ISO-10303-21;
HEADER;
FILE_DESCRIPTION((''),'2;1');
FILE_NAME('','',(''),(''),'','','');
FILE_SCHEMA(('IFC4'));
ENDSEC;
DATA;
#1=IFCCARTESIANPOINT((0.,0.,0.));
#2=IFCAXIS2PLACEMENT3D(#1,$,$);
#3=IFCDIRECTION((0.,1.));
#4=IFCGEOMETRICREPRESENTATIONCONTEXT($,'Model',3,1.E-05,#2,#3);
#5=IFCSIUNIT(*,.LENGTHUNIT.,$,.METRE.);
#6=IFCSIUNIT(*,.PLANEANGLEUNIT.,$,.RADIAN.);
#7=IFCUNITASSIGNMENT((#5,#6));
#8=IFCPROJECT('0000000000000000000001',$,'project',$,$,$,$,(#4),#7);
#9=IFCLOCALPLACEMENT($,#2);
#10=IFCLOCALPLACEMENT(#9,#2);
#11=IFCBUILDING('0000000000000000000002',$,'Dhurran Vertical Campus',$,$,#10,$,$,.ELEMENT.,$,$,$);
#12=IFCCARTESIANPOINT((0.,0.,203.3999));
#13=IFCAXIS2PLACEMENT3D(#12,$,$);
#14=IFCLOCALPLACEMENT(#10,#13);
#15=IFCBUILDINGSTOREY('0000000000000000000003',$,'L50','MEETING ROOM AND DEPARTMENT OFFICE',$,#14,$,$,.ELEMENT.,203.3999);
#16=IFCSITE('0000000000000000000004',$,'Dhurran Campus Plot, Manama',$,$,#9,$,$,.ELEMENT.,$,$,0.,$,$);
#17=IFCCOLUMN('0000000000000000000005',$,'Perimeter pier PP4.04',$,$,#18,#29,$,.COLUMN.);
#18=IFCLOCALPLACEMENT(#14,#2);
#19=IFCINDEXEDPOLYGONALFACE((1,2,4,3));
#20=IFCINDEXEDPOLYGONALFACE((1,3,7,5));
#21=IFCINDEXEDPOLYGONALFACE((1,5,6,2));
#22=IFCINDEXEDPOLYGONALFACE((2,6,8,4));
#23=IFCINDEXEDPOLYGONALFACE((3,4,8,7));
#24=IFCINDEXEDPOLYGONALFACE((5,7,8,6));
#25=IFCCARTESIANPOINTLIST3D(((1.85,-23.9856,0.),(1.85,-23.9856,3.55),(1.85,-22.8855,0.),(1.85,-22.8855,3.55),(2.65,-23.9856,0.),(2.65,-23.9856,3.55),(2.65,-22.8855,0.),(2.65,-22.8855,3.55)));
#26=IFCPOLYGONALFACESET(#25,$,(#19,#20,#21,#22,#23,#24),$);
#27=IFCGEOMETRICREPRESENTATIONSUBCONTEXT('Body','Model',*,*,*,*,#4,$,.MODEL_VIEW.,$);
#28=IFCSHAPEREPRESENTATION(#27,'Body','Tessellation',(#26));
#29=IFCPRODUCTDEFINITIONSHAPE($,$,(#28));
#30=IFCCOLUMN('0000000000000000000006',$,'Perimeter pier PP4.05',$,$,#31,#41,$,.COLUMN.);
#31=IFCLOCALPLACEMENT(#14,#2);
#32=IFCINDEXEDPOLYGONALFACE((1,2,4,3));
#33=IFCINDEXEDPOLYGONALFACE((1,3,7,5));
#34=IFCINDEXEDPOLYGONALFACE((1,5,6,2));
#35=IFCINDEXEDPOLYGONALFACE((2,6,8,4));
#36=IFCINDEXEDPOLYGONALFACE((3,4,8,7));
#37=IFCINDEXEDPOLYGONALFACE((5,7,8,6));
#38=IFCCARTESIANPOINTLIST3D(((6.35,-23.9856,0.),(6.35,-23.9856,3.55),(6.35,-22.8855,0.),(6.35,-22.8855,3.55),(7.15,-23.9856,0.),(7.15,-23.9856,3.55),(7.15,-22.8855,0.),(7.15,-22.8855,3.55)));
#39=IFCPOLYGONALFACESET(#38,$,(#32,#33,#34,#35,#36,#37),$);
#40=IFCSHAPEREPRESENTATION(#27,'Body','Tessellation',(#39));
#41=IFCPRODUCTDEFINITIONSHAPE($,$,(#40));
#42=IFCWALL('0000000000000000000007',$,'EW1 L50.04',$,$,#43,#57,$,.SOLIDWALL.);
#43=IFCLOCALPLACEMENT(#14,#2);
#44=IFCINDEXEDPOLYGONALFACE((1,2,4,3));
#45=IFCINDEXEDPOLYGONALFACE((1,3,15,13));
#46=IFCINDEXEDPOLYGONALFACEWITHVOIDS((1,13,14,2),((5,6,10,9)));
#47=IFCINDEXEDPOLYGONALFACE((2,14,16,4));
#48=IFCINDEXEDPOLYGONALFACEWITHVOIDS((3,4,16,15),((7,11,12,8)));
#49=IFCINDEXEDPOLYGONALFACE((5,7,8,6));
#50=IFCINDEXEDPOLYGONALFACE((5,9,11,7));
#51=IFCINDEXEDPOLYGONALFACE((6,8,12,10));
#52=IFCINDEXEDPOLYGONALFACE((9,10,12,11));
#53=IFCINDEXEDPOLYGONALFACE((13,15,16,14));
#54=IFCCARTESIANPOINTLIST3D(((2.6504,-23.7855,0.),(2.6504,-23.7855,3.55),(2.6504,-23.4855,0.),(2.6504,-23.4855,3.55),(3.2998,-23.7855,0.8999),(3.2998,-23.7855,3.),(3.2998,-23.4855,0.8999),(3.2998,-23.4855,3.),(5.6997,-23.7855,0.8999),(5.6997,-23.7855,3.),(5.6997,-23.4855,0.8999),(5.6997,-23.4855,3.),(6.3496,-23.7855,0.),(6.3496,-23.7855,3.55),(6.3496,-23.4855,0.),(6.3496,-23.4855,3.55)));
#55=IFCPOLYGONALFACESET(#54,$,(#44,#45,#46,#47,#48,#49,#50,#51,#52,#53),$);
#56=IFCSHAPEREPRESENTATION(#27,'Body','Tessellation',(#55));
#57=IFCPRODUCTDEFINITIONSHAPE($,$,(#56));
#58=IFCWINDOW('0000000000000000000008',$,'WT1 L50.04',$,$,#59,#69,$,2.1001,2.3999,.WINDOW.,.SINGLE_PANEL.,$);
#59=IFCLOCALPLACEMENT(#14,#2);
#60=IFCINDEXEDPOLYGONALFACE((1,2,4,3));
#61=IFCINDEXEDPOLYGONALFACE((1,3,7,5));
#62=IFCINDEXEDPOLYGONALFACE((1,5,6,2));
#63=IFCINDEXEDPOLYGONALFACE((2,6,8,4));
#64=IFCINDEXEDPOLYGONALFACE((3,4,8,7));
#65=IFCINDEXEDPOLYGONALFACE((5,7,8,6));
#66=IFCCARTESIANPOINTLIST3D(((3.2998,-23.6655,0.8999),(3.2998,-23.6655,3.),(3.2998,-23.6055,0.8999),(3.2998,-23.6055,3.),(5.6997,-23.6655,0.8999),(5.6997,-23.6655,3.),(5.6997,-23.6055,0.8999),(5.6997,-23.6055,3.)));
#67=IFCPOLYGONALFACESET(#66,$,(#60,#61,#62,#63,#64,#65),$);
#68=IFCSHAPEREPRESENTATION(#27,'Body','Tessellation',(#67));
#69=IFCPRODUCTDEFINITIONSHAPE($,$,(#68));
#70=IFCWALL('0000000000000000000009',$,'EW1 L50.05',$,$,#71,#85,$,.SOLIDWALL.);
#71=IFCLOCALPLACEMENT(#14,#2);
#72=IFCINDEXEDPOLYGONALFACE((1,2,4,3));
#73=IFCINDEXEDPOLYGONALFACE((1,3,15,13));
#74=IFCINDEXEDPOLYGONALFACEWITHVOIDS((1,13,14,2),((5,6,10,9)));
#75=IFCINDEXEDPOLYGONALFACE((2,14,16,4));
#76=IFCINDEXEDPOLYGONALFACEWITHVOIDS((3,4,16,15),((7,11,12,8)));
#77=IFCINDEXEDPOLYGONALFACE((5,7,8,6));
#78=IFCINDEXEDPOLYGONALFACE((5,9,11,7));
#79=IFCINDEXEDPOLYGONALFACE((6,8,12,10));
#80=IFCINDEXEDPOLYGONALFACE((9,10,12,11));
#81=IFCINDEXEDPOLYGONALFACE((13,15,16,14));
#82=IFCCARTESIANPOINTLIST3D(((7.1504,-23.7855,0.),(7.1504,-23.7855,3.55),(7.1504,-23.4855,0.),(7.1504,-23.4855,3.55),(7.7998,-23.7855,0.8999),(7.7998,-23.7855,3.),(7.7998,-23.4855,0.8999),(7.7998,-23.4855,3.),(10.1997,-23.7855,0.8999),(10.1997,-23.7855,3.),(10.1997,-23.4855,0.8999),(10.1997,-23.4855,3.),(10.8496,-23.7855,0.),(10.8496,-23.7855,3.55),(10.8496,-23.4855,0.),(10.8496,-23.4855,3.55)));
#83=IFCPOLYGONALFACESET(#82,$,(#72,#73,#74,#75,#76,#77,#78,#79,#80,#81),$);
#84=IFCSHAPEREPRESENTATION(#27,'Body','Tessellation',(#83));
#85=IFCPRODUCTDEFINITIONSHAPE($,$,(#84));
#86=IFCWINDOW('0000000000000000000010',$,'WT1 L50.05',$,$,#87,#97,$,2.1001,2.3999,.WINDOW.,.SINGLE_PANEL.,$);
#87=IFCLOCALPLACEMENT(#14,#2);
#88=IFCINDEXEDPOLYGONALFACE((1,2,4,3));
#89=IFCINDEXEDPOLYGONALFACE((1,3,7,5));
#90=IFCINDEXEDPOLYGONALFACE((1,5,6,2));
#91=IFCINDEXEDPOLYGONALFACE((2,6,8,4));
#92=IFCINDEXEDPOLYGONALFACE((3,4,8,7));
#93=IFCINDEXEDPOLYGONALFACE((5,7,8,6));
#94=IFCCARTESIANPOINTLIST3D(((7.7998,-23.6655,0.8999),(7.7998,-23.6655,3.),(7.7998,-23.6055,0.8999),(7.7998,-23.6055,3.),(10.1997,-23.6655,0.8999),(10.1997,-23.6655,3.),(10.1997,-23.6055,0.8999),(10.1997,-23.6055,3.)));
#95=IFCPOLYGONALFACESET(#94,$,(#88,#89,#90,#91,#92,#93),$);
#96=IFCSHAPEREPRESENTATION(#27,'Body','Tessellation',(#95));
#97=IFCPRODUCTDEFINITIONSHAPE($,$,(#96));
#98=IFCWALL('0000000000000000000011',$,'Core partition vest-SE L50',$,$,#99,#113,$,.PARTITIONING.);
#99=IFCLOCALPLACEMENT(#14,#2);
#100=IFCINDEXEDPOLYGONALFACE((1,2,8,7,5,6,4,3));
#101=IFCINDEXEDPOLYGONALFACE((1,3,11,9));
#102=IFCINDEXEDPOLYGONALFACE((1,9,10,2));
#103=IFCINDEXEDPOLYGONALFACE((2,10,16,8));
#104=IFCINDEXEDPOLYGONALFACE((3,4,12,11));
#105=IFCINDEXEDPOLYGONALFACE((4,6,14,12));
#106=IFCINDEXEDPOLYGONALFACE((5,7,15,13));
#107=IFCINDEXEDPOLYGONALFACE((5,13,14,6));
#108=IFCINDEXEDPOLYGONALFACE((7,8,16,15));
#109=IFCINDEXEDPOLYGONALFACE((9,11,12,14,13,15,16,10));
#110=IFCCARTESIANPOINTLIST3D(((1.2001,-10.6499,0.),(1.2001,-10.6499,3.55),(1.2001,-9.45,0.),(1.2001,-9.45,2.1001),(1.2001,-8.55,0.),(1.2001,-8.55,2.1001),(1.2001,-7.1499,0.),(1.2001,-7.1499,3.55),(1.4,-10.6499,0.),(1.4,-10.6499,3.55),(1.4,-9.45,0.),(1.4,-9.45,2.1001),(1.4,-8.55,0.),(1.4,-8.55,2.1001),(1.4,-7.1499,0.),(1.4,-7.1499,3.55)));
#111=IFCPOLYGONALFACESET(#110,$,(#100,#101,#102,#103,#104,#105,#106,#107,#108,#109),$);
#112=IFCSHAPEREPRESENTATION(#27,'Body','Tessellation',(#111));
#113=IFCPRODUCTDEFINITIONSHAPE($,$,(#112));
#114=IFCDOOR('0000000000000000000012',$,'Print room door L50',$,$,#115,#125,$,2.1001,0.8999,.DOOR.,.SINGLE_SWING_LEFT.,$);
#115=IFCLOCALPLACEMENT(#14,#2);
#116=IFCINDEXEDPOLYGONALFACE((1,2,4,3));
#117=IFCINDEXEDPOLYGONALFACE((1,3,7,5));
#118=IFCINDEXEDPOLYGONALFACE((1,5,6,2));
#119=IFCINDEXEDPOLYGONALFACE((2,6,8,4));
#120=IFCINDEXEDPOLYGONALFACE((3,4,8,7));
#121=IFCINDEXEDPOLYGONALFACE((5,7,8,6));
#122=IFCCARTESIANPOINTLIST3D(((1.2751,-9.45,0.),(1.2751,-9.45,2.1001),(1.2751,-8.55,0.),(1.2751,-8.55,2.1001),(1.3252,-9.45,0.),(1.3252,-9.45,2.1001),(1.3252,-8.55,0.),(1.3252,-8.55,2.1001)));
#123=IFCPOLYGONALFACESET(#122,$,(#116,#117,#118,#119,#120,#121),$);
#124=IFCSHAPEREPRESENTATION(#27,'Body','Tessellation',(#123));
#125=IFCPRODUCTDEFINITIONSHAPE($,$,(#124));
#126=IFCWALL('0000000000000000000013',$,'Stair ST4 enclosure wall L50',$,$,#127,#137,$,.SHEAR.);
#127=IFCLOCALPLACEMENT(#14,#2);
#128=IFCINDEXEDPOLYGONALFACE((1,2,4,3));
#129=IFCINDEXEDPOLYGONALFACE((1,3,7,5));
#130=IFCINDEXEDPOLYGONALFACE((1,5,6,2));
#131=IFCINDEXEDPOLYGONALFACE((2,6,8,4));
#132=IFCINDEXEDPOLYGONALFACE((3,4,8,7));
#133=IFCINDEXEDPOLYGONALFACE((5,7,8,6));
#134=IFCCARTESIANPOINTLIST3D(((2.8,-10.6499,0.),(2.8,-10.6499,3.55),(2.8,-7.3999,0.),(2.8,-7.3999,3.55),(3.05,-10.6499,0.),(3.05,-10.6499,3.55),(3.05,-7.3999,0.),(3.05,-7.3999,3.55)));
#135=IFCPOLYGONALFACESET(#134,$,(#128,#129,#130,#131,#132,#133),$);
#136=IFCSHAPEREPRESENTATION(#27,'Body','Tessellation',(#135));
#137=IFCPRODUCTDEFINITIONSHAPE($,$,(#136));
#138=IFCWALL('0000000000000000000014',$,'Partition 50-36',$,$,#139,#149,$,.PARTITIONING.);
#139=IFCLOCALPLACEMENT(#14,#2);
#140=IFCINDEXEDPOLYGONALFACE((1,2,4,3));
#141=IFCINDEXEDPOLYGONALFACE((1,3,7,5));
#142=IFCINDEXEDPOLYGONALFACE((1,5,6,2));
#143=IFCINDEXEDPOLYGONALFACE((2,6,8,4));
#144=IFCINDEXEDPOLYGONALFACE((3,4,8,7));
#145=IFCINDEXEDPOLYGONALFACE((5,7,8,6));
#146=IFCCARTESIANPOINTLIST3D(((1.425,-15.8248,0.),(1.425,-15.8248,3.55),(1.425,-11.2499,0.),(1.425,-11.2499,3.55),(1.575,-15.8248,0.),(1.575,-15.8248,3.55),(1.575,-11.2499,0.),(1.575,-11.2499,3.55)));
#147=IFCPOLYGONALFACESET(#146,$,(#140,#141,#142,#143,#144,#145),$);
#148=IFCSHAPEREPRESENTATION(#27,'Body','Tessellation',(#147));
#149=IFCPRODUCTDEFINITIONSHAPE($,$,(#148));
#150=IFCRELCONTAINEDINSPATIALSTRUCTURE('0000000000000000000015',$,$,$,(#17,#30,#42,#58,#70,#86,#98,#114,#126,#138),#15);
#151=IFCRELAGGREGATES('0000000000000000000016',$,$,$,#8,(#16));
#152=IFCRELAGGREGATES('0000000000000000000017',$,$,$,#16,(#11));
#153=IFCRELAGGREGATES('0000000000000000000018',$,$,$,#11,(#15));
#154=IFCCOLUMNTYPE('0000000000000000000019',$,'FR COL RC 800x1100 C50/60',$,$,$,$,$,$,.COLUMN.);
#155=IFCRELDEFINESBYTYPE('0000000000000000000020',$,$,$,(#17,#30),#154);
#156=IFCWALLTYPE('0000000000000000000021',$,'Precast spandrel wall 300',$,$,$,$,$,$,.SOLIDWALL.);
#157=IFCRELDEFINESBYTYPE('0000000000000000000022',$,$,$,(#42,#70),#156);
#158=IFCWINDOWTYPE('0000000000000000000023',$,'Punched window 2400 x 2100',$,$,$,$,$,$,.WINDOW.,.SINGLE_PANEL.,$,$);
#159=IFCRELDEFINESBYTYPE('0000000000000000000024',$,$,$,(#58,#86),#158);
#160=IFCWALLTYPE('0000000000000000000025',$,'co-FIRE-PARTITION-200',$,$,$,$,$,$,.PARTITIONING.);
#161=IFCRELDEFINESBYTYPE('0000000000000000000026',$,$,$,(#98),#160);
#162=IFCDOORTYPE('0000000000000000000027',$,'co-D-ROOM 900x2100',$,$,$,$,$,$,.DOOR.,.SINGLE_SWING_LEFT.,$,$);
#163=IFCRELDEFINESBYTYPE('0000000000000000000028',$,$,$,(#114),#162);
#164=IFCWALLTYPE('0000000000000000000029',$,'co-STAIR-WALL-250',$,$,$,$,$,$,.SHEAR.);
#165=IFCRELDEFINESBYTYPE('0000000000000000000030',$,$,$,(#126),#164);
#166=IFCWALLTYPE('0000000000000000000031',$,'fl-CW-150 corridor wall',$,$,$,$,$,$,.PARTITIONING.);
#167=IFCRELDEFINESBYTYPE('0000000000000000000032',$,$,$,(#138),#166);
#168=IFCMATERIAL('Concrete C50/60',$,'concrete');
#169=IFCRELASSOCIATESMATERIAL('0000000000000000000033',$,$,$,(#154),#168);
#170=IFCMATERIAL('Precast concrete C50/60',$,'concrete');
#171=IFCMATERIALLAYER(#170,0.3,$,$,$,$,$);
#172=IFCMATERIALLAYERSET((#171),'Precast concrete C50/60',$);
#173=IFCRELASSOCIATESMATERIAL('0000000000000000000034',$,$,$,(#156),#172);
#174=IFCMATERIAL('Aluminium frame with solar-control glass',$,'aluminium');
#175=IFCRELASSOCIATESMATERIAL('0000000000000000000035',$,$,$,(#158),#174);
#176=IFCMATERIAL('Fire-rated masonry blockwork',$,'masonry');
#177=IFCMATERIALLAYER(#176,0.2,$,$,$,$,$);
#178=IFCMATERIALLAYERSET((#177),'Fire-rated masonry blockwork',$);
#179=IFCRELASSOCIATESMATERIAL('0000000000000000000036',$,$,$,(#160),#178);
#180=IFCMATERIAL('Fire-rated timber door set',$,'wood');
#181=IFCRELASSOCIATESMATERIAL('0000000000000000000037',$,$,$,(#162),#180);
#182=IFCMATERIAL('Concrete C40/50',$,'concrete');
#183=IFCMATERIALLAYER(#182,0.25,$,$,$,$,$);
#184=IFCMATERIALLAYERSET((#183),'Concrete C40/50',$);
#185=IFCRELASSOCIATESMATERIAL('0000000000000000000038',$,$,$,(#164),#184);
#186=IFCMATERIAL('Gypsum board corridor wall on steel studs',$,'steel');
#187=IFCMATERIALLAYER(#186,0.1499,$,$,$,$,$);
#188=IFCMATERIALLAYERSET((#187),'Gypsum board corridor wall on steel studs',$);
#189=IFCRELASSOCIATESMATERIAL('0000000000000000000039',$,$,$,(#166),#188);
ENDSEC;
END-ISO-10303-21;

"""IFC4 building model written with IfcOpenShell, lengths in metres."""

from ifc_helpers import new_model, si_unit, direction, frame, frame_2d, origin, origin_2d, place, context, subcontext, project, spatial, rectangle, extrude, material, layer, layer_set, material_profile, profile_set, type_object, element, fill, save


model = new_model("IFC4")

# Units and contexts
model_context = context("Model", 3, precision=1e-05, world=origin(), true_north=direction((0.0, 1.0)))
body_context = subcontext(model_context, "Body", "Model", "MODEL_VIEW")
ifc_project = project(units=[si_unit("LENGTHUNIT", "METRE"), si_unit("PLANEANGLEUNIT", "RADIAN")], contexts=[model_context])

# Site, building, storey
site_placement = place(None, origin())
site = spatial("IfcSite", under=ifc_project, at=site_placement, Name="Dhurran Campus Plot, Manama", CompositionType="ELEMENT", RefElevation=0.0)
building_placement = place(site_placement, origin())
building = spatial("IfcBuilding", under=site, at=building_placement, Name="Dhurran Vertical Campus", CompositionType="ELEMENT")
storey_placement = place(building_placement, frame((0.0, 0.0, 203.3999)))
storey = spatial("IfcBuildingStorey", under=building, at=storey_placement, Name="L50", Description="MEETING ROOM AND DEPARTMENT OFFICE", CompositionType="ELEMENT", Elevation=203.3999)

# Columns
ifc_material_1 = material(Name="Concrete C50/60", Category="concrete")
ifc_material_profile = material_profile(ifc_material_1, rectangle(XDim=0.8, YDim=1.1001, at=origin_2d()), Name="RC 800x1100")
ifc_profile_set = profile_set([ifc_material_profile], Name="Concrete C50/60")
column_type = type_object("IfcColumnType", Name="FR COL RC 800x1100 C50/60", PredefinedType="COLUMN", material=ifc_profile_set)
for number, where, z_axis, x_axis, name in (
    (1, (2.25, -23.4355, 0.0), (0.0, 0.0, 1.0), (1.0, 0.0, 0.0), "Perimeter pier PP4.04"),
    (2, (6.75, -23.4355, 0.0), (0.0, 0.0, 1.0), (1.0, 0.0, 0.0), "Perimeter pier PP4.05"),
):
    element("IfcColumn", number, at=place(storey_placement, frame(where, z_axis=z_axis, x_axis=x_axis)), inside=storey, type_object=column_type, Name=name, PredefinedType="COLUMN", context=body_context, shape_type="SweptSolid", body=[
        extrude(rectangle(XDim=0.8, YDim=1.1001, at=origin_2d()), origin(), (0.0, 0.0, 1.0), 3.55),
    ])

# Walls, openings, windows
ifc_material_2 = material(Name="Precast concrete C50/60", Category="concrete")
ifc_layer_1 = layer(ifc_material_2, 0.3)
ifc_layer_set_1 = layer_set([ifc_layer_1], Name="Precast concrete C50/60")
wall_type_1 = type_object("IfcWallType", Name="Precast spandrel wall 300", PredefinedType="SOLIDWALL", material=ifc_layer_set_1)
wall_1_placement = place(storey_placement, frame((2.6504, -23.6355, 0.0), z_axis=(0.0, 0.0, 1.0), x_axis=(1.0, 0.0, 0.0)))
wall_1 = element("IfcWall", 3, at=wall_1_placement, inside=storey, type_object=wall_type_1, Name="EW1 L50.04", PredefinedType="SOLIDWALL", context=body_context, shape_type="SweptSolid", body=[
    extrude(rectangle(XDim=3.6992, YDim=0.3, at=frame_2d((1.8496, 0.0))), origin(), (0.0, 0.0, 1.0), 3.55),
])
opening_1_placement = place(wall_1_placement, frame((0.6494, 0.0, 0.8999)))
opening_1 = element("IfcOpeningElement", 4, at=opening_1_placement, cuts=wall_1, PredefinedType="OPENING", context=body_context, shape_type="SweptSolid", body=[
    extrude(rectangle(XDim=2.3999, YDim=2.1001, at=frame_2d((1.2, 1.05))), frame((0.0, 0.1599, 0.0), z_axis=(0.0, -1.0, 0.0), x_axis=(1.0, 0.0, 0.0)), (0.0, 0.0, 1.0), 0.3201),
])
ifc_material_3 = material(Name="Aluminium frame with solar-control glass", Category="aluminium")
window_type = type_object("IfcWindowType", Name="Punched window 2400 x 2100", PartitioningType="SINGLE_PANEL", PredefinedType="WINDOW", material=ifc_material_3)
window_1_placement = place(opening_1_placement, origin())
window_1 = element("IfcWindow", 5, at=window_1_placement, inside=storey, type_object=window_type, Name="WT1 L50.04", OverallHeight=2.1001, OverallWidth=2.3999, PartitioningType="SINGLE_PANEL", PredefinedType="WINDOW", context=body_context, shape_type="SweptSolid", body=[
    extrude(rectangle(XDim=2.3999, YDim=2.1001, at=frame_2d((1.2, 1.05))), frame((0.0, 0.03, 0.0), z_axis=(0.0, -1.0, 0.0), x_axis=(1.0, 0.0, 0.0)), (0.0, 0.0, 1.0), 0.0601),
])
fill(opening_1, window_1)
wall_2_placement = place(storey_placement, frame((7.1504, -23.6355, 0.0), z_axis=(0.0, 0.0, 1.0), x_axis=(1.0, 0.0, 0.0)))
wall_2 = element("IfcWall", 6, at=wall_2_placement, inside=storey, type_object=wall_type_1, Name="EW1 L50.05", PredefinedType="SOLIDWALL", context=body_context, shape_type="SweptSolid", body=[
    extrude(rectangle(XDim=3.6992, YDim=0.3, at=frame_2d((1.8496, 0.0))), origin(), (0.0, 0.0, 1.0), 3.55),
])
opening_2_placement = place(wall_2_placement, frame((0.6494, 0.0, 0.8999)))
opening_2 = element("IfcOpeningElement", 7, at=opening_2_placement, cuts=wall_2, PredefinedType="OPENING", context=body_context, shape_type="SweptSolid", body=[
    extrude(rectangle(XDim=2.3999, YDim=2.1001, at=frame_2d((1.2, 1.05))), frame((0.0, 0.1599, 0.0), z_axis=(0.0, -1.0, 0.0), x_axis=(1.0, 0.0, 0.0)), (0.0, 0.0, 1.0), 0.3201),
])
window_2_placement = place(opening_2_placement, origin())
window_2 = element("IfcWindow", 8, at=window_2_placement, inside=storey, type_object=window_type, Name="WT1 L50.05", OverallHeight=2.1001, OverallWidth=2.3999, PartitioningType="SINGLE_PANEL", PredefinedType="WINDOW", context=body_context, shape_type="SweptSolid", body=[
    extrude(rectangle(XDim=2.3999, YDim=2.1001, at=frame_2d((1.2, 1.05))), frame((0.0, 0.03, 0.0), z_axis=(0.0, -1.0, 0.0), x_axis=(1.0, 0.0, 0.0)), (0.0, 0.0, 1.0), 0.0601),
])
fill(opening_2, window_2)

# Wall, opening, door
ifc_material_4 = material(Name="Fire-rated masonry blockwork", Category="masonry")
ifc_layer_2 = layer(ifc_material_4, 0.2)
ifc_layer_set_2 = layer_set([ifc_layer_2], Name="Fire-rated masonry blockwork")
wall_type_2 = type_object("IfcWallType", Name="co-FIRE-PARTITION-200", PredefinedType="PARTITIONING", material=ifc_layer_set_2)
wall_3_placement = place(storey_placement, frame((1.3, -10.6499, 0.0), z_axis=(0.0, 0.0, 1.0), x_axis=(0.0, 1.0, 0.0)))
wall_3 = element("IfcWall", 9, at=wall_3_placement, inside=storey, type_object=wall_type_2, Name="Core partition vest-SE L50", PredefinedType="PARTITIONING", context=body_context, shape_type="SweptSolid", body=[
    extrude(rectangle(XDim=3.5, YDim=0.2, at=frame_2d((1.75, 0.0))), origin(), (0.0, 0.0, 1.0), 3.55),
])
opening_3_placement = place(wall_3_placement, frame((1.2, 0.0, 0.0)))
opening_3 = element("IfcOpeningElement", 10, at=opening_3_placement, cuts=wall_3, PredefinedType="OPENING", context=body_context, shape_type="SweptSolid", body=[
    extrude(rectangle(XDim=0.8999, YDim=2.1001, at=frame_2d((0.45, 1.05))), frame((0.0, 0.1099, 0.0), z_axis=(0.0, -1.0, 0.0), x_axis=(1.0, 0.0, 0.0)), (0.0, 0.0, 1.0), 0.22),
])
ifc_material_5 = material(Name="Fire-rated timber door set", Category="wood")
door_type_1 = type_object("IfcDoorType", Name="co-D-ROOM 900x2100", OperationType="SINGLE_SWING_LEFT", PredefinedType="DOOR", material=ifc_material_5)
door_1_placement = place(opening_3_placement, origin())
door_1 = element("IfcDoor", 11, at=door_1_placement, inside=storey, type_object=door_type_1, Name="Print room door L50", OperationType="SINGLE_SWING_LEFT", OverallHeight=2.1001, OverallWidth=0.8999, PredefinedType="DOOR", context=body_context, shape_type="SweptSolid", body=[
    extrude(rectangle(XDim=0.8999, YDim=2.1001, at=frame_2d((0.45, 1.05))), frame((0.0, 0.0249, 0.0), z_axis=(0.0, -1.0, 0.0), x_axis=(1.0, 0.0, 0.0)), (0.0, 0.0, 1.0), 0.05),
])
fill(opening_3, door_1)

# Walls
ifc_material_6 = material(Name="Concrete C40/50", Category="concrete")
ifc_layer_3 = layer(ifc_material_6, 0.25)
ifc_layer_set_3 = layer_set([ifc_layer_3], Name="Concrete C40/50")
wall_type_3 = type_object("IfcWallType", Name="co-STAIR-WALL-250", PredefinedType="SHEAR", material=ifc_layer_set_3)
wall_4_placement = place(storey_placement, frame((2.925, -10.6499, 0.0), z_axis=(0.0, 0.0, 1.0), x_axis=(0.0, 1.0, 0.0)))
element("IfcWall", 12, at=wall_4_placement, inside=storey, type_object=wall_type_3, Name="Stair ST4 enclosure wall L50", PredefinedType="SHEAR", context=body_context, shape_type="SweptSolid", body=[
    extrude(rectangle(XDim=3.25, YDim=0.25, at=frame_2d((1.625, 0.0))), origin(), (0.0, 0.0, 1.0), 3.55),
])
ifc_material_7 = material(Name="Gypsum board corridor wall on steel studs", Category="steel")
ifc_layer_4 = layer(ifc_material_7, 0.1499)
ifc_layer_set_4 = layer_set([ifc_layer_4], Name="Gypsum board corridor wall on steel studs")
wall_type_4 = type_object("IfcWallType", Name="fl-CW-150 corridor wall", PredefinedType="PARTITIONING", material=ifc_layer_set_4)
wall_5_placement = place(storey_placement, frame((1.5, -15.825, 0.0), z_axis=(0.0, 0.0, 1.0), x_axis=(0.0, 1.0, 0.0)))
element("IfcWall", 13, at=wall_5_placement, inside=storey, type_object=wall_type_4, Name="Partition 50-36", PredefinedType="PARTITIONING", context=body_context, shape_type="SweptSolid", body=[
    extrude(rectangle(XDim=4.575, YDim=0.1499, at=frame_2d((2.2876, 0.0))), origin(), (0.0, 0.0, 1.0), 3.55),
])

save(model, "model.ifc")
